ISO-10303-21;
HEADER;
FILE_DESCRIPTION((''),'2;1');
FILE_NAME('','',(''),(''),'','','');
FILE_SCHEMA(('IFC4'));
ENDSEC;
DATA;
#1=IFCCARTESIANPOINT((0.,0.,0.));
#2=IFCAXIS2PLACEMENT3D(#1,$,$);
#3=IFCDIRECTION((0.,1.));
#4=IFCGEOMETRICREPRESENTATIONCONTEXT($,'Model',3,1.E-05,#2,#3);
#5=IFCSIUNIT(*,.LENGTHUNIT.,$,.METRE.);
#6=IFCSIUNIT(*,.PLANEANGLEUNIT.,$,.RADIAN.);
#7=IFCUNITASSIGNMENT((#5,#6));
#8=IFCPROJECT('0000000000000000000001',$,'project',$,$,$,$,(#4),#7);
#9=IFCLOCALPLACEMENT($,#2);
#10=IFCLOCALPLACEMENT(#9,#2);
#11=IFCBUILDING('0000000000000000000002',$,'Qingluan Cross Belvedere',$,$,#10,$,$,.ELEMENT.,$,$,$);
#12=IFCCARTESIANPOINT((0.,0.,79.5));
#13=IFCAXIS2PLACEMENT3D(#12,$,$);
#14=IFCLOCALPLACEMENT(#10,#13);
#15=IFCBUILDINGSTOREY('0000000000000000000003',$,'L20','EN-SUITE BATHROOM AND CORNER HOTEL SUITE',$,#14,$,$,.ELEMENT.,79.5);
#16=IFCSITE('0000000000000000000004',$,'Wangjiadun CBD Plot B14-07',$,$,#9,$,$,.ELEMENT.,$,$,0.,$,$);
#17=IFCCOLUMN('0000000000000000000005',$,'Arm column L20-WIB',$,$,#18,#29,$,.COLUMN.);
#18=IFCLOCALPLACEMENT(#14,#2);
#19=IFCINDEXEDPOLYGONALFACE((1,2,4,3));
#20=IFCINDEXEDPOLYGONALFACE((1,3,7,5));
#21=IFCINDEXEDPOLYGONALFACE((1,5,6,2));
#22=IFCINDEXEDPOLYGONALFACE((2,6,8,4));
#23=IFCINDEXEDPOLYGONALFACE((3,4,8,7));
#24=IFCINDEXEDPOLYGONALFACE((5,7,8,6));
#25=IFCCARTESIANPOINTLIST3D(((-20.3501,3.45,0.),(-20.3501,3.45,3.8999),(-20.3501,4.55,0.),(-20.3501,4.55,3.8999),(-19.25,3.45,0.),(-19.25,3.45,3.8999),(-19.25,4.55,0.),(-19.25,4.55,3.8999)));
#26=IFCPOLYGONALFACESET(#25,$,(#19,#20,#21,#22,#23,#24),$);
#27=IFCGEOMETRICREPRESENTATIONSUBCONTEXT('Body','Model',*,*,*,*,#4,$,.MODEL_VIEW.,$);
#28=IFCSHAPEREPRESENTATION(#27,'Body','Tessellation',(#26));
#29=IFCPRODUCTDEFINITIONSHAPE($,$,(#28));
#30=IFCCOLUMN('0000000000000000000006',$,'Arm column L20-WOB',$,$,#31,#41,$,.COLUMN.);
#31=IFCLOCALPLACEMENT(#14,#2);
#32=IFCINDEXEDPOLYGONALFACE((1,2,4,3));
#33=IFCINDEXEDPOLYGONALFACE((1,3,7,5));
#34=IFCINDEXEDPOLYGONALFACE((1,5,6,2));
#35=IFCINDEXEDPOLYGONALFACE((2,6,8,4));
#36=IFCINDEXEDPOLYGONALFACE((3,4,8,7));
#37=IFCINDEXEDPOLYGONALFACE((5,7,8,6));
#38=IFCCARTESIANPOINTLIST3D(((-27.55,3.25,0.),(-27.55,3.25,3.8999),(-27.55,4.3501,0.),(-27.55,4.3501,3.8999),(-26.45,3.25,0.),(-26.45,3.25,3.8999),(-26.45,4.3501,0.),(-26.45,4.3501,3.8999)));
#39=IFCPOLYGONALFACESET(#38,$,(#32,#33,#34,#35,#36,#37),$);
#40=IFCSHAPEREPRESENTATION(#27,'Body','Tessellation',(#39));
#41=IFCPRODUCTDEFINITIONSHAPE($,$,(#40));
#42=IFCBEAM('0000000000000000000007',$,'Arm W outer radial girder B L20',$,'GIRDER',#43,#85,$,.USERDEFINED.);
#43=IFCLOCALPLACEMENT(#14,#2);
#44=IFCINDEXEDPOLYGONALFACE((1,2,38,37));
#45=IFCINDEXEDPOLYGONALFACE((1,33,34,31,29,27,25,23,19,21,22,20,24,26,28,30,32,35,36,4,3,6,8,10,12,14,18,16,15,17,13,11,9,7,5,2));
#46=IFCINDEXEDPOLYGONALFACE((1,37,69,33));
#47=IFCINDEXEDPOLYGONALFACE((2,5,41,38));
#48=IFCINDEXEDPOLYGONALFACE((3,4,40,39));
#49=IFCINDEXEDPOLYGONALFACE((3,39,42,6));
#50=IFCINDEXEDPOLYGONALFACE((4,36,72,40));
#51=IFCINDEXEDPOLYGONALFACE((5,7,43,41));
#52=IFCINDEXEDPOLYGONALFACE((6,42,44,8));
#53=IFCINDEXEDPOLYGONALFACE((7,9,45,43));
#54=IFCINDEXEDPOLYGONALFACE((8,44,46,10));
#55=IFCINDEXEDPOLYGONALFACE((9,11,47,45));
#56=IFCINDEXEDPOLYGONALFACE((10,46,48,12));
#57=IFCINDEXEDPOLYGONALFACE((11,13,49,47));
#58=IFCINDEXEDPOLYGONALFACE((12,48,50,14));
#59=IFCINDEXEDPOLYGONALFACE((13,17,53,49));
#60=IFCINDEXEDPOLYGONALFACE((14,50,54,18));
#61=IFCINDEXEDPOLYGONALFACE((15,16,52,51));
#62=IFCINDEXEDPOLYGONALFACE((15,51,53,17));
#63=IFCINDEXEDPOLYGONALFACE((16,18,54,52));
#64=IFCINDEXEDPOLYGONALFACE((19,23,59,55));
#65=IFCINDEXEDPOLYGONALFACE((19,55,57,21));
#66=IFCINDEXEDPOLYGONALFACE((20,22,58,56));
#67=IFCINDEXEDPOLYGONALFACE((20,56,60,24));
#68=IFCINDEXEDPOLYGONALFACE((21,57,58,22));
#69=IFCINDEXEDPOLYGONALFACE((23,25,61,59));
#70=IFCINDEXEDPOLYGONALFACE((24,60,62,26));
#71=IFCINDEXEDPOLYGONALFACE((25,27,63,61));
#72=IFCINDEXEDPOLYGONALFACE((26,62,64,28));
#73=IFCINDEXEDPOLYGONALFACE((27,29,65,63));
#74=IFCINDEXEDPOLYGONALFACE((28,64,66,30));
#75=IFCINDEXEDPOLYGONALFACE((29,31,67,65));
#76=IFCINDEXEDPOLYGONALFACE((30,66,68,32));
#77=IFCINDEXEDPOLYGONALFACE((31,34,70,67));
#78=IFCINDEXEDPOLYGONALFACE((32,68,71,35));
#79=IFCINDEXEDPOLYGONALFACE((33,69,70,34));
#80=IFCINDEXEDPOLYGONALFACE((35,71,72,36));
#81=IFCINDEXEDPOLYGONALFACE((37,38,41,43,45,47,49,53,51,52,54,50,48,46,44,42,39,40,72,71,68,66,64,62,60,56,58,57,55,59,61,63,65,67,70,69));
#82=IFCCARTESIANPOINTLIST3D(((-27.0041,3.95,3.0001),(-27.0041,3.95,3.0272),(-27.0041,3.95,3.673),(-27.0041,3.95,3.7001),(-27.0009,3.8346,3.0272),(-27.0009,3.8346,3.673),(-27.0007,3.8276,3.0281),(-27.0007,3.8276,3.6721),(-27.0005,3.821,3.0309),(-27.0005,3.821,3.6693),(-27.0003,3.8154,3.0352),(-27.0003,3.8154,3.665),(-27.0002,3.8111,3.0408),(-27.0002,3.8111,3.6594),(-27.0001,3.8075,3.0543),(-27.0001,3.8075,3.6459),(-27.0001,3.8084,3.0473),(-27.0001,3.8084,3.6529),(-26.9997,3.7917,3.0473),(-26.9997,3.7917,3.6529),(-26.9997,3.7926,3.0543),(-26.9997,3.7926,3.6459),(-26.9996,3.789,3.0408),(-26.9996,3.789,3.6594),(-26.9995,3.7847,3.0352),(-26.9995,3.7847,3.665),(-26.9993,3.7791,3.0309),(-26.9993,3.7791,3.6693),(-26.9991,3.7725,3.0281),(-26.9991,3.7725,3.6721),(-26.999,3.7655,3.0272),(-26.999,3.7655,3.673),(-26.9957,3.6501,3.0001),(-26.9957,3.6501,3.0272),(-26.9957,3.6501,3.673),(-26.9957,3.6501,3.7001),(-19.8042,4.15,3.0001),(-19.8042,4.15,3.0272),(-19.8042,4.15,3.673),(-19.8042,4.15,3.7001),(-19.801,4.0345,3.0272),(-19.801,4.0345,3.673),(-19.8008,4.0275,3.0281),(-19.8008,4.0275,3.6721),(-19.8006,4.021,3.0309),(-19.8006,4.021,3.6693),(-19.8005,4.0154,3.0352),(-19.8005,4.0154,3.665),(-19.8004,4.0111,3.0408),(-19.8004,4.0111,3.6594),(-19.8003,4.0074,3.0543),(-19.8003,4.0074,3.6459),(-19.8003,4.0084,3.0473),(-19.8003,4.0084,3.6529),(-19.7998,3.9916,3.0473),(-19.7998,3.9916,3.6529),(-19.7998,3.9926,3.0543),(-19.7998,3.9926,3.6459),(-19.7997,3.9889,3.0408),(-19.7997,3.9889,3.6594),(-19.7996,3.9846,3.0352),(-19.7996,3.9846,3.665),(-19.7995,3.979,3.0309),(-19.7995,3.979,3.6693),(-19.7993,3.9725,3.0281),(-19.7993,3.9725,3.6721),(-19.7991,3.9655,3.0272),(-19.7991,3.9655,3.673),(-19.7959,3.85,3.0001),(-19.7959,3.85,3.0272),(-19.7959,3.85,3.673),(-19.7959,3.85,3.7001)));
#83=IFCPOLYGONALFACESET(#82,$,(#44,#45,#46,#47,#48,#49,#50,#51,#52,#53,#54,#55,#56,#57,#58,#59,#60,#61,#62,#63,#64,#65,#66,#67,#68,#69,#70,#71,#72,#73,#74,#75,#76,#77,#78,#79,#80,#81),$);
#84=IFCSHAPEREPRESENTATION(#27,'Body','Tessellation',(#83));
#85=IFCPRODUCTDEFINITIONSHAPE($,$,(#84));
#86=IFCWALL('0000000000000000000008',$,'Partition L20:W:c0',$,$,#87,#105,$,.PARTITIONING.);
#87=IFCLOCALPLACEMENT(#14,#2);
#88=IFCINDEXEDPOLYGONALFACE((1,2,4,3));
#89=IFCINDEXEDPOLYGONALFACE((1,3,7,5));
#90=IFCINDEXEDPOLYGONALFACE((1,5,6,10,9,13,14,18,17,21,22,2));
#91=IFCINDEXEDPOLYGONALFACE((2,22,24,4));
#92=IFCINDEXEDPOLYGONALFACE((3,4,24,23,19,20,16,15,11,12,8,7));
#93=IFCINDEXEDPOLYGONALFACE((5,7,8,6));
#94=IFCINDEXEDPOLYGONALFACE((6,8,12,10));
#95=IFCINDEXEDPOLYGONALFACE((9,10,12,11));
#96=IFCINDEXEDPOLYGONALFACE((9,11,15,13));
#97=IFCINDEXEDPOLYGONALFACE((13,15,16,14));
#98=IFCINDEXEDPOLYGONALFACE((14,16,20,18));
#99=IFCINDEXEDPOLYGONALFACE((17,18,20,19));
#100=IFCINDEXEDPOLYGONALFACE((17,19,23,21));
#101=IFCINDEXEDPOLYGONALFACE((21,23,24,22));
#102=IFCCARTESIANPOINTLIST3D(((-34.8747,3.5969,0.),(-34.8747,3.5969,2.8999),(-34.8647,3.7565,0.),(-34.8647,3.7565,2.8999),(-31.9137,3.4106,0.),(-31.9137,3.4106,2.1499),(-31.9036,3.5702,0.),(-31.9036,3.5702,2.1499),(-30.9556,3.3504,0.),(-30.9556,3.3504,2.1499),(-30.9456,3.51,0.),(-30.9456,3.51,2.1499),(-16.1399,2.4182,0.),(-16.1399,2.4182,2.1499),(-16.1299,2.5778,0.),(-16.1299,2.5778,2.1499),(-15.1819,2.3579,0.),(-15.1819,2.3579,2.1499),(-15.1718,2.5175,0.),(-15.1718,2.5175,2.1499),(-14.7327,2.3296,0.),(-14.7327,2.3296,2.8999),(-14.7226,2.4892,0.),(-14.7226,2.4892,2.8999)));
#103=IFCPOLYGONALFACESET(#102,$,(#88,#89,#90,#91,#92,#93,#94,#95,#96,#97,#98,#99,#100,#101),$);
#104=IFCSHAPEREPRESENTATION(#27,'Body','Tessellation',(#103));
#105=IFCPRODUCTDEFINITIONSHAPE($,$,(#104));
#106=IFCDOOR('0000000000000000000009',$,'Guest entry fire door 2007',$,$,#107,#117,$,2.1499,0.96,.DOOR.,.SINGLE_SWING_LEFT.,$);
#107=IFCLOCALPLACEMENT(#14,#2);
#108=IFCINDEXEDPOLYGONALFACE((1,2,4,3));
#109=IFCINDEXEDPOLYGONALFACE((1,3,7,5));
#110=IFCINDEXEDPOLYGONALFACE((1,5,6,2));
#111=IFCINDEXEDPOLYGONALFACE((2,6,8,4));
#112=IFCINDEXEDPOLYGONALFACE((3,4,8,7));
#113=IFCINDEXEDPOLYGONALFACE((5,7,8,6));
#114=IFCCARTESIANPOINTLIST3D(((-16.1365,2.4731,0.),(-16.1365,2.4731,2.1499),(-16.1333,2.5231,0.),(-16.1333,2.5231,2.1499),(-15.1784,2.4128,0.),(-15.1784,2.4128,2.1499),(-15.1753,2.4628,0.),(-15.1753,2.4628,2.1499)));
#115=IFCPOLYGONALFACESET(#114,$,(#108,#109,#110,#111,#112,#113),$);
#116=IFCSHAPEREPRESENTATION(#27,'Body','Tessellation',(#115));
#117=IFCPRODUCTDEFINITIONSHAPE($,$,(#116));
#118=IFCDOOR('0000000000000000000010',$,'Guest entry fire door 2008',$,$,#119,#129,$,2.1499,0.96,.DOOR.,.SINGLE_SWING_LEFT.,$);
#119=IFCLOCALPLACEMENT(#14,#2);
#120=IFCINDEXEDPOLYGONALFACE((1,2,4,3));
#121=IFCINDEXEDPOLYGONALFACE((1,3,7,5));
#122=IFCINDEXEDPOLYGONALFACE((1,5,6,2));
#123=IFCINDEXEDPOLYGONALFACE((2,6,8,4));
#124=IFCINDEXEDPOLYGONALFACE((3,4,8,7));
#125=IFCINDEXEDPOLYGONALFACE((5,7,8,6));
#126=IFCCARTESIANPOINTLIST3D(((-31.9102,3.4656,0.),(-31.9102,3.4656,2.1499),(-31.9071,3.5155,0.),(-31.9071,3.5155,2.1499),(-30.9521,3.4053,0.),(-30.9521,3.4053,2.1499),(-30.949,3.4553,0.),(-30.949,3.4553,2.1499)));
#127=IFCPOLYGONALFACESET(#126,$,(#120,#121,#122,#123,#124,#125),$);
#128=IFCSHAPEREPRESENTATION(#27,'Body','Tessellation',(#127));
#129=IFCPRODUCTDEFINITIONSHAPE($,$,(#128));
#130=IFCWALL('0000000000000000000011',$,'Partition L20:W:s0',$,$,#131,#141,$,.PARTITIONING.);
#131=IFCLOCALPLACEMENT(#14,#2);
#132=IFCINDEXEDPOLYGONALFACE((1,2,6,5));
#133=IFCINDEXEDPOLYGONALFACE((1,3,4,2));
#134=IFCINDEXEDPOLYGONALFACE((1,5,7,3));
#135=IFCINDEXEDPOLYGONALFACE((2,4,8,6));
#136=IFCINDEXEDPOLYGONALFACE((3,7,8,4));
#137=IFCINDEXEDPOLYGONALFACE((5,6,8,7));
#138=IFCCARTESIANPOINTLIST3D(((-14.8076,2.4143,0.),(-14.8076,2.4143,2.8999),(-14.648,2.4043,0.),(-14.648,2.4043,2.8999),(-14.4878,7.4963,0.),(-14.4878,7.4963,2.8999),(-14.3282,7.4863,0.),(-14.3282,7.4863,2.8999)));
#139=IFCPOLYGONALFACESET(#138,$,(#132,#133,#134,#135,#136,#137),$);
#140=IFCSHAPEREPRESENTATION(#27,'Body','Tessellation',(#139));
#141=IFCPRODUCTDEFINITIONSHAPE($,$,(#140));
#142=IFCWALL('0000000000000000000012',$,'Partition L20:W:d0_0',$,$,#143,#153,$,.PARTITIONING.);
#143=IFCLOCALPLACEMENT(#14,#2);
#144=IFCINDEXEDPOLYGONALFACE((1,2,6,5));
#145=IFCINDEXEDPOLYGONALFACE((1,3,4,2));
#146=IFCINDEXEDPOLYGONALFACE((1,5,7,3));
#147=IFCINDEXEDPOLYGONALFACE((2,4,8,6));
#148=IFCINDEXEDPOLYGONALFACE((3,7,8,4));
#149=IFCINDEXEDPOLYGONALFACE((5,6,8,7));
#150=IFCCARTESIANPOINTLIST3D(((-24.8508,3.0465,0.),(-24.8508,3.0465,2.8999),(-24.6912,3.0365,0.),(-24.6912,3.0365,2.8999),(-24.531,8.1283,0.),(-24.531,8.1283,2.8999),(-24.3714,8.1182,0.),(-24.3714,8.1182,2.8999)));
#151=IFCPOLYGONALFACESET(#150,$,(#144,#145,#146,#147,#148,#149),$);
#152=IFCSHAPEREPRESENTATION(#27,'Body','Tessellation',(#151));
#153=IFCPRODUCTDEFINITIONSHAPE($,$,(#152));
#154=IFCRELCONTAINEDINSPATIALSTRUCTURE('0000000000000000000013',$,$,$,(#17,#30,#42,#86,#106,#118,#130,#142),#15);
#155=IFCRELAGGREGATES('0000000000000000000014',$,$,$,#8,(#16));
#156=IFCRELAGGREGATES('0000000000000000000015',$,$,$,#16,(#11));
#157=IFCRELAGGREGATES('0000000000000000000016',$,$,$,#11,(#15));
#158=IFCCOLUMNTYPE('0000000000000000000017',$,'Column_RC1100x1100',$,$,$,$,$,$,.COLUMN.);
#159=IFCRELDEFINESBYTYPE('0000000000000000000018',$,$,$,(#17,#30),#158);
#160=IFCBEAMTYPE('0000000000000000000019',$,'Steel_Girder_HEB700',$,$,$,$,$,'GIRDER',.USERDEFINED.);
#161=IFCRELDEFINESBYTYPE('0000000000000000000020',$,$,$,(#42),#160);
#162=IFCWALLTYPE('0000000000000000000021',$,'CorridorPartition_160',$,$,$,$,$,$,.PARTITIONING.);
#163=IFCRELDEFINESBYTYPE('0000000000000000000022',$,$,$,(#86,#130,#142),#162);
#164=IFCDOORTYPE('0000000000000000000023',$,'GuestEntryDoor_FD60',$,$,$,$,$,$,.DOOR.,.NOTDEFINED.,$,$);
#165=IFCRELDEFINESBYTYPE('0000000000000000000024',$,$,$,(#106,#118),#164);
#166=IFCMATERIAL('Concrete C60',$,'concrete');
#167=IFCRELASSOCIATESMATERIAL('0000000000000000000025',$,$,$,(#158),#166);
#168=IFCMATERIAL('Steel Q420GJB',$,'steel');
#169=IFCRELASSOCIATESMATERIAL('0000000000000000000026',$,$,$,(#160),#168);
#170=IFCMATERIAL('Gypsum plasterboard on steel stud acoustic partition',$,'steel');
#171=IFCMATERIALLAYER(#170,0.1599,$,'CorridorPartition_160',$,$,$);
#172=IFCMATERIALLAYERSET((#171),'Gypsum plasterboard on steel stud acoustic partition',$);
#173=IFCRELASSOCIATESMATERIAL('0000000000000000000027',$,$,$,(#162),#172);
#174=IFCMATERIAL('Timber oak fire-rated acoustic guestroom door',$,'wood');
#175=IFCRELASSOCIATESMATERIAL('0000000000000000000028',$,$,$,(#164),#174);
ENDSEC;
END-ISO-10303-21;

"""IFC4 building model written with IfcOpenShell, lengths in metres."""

from ifc_helpers import new_model, si_unit, direction, frame, frame_2d, origin, origin_2d, place, context, subcontext, project, spatial, rectangle, i_section, extrude, material, layer, layer_set, material_profile, profile_set, type_object, element, fill, save


model = new_model("IFC4")

# Units and contexts
model_context = context("Model", 3, precision=1e-05, world=origin(), true_north=direction((0.0, 1.0)))
body_context = subcontext(model_context, "Body", "Model", "MODEL_VIEW")
ifc_project = project(units=[si_unit("LENGTHUNIT", "METRE"), si_unit("PLANEANGLEUNIT", "RADIAN")], contexts=[model_context])

# Site, building, storey
site_placement = place(None, origin())
site = spatial("IfcSite", under=ifc_project, at=site_placement, Name="Wangjiadun CBD Plot B14-07", CompositionType="ELEMENT", RefElevation=0.0)
building_placement = place(site_placement, origin())
building = spatial("IfcBuilding", under=site, at=building_placement, Name="Qingluan Cross Belvedere", CompositionType="ELEMENT")
storey_placement = place(building_placement, frame((0.0, 0.0, 79.5)))
storey = spatial("IfcBuildingStorey", under=building, at=storey_placement, Name="L20", Description="EN-SUITE BATHROOM AND CORNER HOTEL SUITE", CompositionType="ELEMENT", Elevation=79.5)

# Columns
ifc_material_1 = material(Name="Concrete C60", Category="concrete")
ifc_material_profile_1 = material_profile(ifc_material_1, rectangle(XDim=1.1001, YDim=1.1001, at=origin_2d()), Name="RC1100x1100")
ifc_profile_set_1 = profile_set([ifc_material_profile_1], Name="Concrete C60")
column_type = type_object("IfcColumnType", Name="Column_RC1100x1100", PredefinedType="COLUMN", material=ifc_profile_set_1)
for number, where, z_axis, x_axis, name in (
    (1, (-19.8, 4.0, 0.0), (0.0, 0.0, 1.0), (1.0, 0.0, 0.0), "Arm column L20-WIB"),
    (2, (-27.0, 3.8, 0.0), (0.0, 0.0, 1.0), (1.0, 0.0, 0.0), "Arm column L20-WOB"),
):
    element("IfcColumn", number, at=place(storey_placement, frame(where, z_axis=z_axis, x_axis=x_axis)), inside=storey, type_object=column_type, Name=name, PredefinedType="COLUMN", context=body_context, shape_type="SweptSolid", body=[
        extrude(rectangle(XDim=1.1001, YDim=1.1001, at=origin_2d()), origin(), (0.0, 0.0, 1.0), 3.8999),
    ])

# Beam
ifc_material_2 = material(Name="Steel Q420GJB", Category="steel")
ifc_material_profile_2 = material_profile(ifc_material_2, i_section(OverallWidth=0.3, OverallDepth=0.7, WebThickness=0.0149, FlangeThickness=0.0271, FilletRadius=0.0271, at=origin_2d()), Name="HEB700")
ifc_profile_set_2 = profile_set([ifc_material_profile_2], Name="Steel Q420GJB")
beam_type = type_object("IfcBeamType", Name="Steel_Girder_HEB700", ElementType="GIRDER", PredefinedType="USERDEFINED", material=ifc_profile_set_2)
beam_placement = place(storey_placement, frame((-19.8, 4.0, 3.3501), z_axis=(-0.999615, -0.02776, 0.0), x_axis=(0.02776, -0.999615, 0.0)))
element("IfcBeam", 3, at=beam_placement, inside=storey, type_object=beam_type, Name="Arm W outer radial girder B L20", ObjectType="GIRDER", PredefinedType="USERDEFINED", context=body_context, shape_type="SweptSolid", body=[
    extrude(i_section(OverallWidth=0.3, OverallDepth=0.7, WebThickness=0.0149, FlangeThickness=0.0271, FilletRadius=0.0271, at=origin_2d()), origin(), (0.0, 0.0, 1.0), 7.2026),
])

# Wall, openings, doors
ifc_material_3 = material(Name="Gypsum plasterboard on steel stud acoustic partition", Category="steel")
ifc_layer_1 = layer(ifc_material_3, 0.1599, Name="CorridorPartition_160")
ifc_layer_set_1 = layer_set([ifc_layer_1], Name="Gypsum plasterboard on steel stud acoustic partition")
wall_type_1 = type_object("IfcWallType", Name="CorridorPartition_160", PredefinedType="PARTITIONING", material=ifc_layer_set_1)
wall_1_placement = place(storey_placement, frame((-14.7278, 2.4094, 0.0), z_axis=(0.0, 0.0, 1.0), x_axis=(-0.998026, 0.062796, 0.0)))
wall_1 = element("IfcWall", 4, at=wall_1_placement, inside=storey, type_object=wall_type_1, Name="Partition L20:W:c0", PredefinedType="PARTITIONING", context=body_context, shape_type="SweptSolid", body=[
    extrude(rectangle(XDim=20.1819, YDim=0.1599, at=frame_2d((10.0908, 0.0))), origin(), (0.0, 0.0, 1.0), 2.8999),
])
opening_1_placement = place(wall_1_placement, frame((0.45, 0.0, 0.0)))
opening_1 = element("IfcOpeningElement", 5, at=opening_1_placement, cuts=wall_1, PredefinedType="OPENING", context=body_context, shape_type="SweptSolid", body=[
    extrude(rectangle(XDim=0.96, YDim=2.1499, at=frame_2d((0.48, 1.075))), frame((0.0, 0.0898, 0.0), z_axis=(0.0, -1.0, 0.0), x_axis=(1.0, 0.0, 0.0)), (0.0, 0.0, 1.0), 0.1799),
])
opening_2_placement = place(wall_1_placement, frame((16.2549, 0.0, 0.0)))
opening_2 = element("IfcOpeningElement", 6, at=opening_2_placement, cuts=wall_1, PredefinedType="OPENING", context=body_context, shape_type="SweptSolid", body=[
    extrude(rectangle(XDim=0.96, YDim=2.1499, at=frame_2d((0.48, 1.075))), frame((0.0, 0.0898, 0.0), z_axis=(0.0, -1.0, 0.0), x_axis=(1.0, 0.0, 0.0)), (0.0, 0.0, 1.0), 0.1799),
])
ifc_material_4 = material(Name="Timber oak fire-rated acoustic guestroom door", Category="wood")
door_type_1 = type_object("IfcDoorType", Name="GuestEntryDoor_FD60", OperationType="NOTDEFINED", PredefinedType="DOOR", material=ifc_material_4)
door_1_placement = place(opening_1_placement, origin())
door_1 = element("IfcDoor", 7, at=door_1_placement, inside=storey, type_object=door_type_1, Name="Guest entry fire door 2007", OperationType="SINGLE_SWING_LEFT", OverallHeight=2.1499, OverallWidth=0.96, PredefinedType="DOOR", context=body_context, shape_type="SweptSolid", body=[
    extrude(rectangle(XDim=0.96, YDim=2.1499, at=frame_2d((0.48, 1.075))), frame((0.0, 0.0249, 0.0), z_axis=(0.0, -1.0, 0.0), x_axis=(1.0, 0.0, 0.0)), (0.0, 0.0, 1.0), 0.05),
])
fill(opening_1, door_1)
door_2_placement = place(opening_2_placement, origin())
door_2 = element("IfcDoor", 8, at=door_2_placement, inside=storey, type_object=door_type_1, Name="Guest entry fire door 2008", OperationType="SINGLE_SWING_LEFT", OverallHeight=2.1499, OverallWidth=0.96, PredefinedType="DOOR", context=body_context, shape_type="SweptSolid", body=[
    extrude(rectangle(XDim=0.96, YDim=2.1499, at=frame_2d((0.48, 1.075))), frame((0.0, 0.0249, 0.0), z_axis=(0.0, -1.0, 0.0), x_axis=(1.0, 0.0, 0.0)), (0.0, 0.0, 1.0), 0.05),
])
fill(opening_2, door_2)

# Walls
wall_2_placement = place(storey_placement, frame((-14.7278, 2.4094, 0.0), z_axis=(0.0, 0.0, 1.0), x_axis=(0.062808, 0.998026, 0.0)))
element("IfcWall", 9, at=wall_2_placement, inside=storey, type_object=wall_type_1, Name="Partition L20:W:s0", PredefinedType="PARTITIONING", context=body_context, shape_type="SweptSolid", body=[
    extrude(rectangle(XDim=5.092, YDim=0.1599, at=frame_2d((2.5459, 0.0))), origin(), (0.0, 0.0, 1.0), 2.8999),
])
wall_3_placement = place(storey_placement, frame((-24.771, 3.0415, 0.0), z_axis=(0.0, 0.0, 1.0), x_axis=(0.062811, 0.998025, 0.0)))
element("IfcWall", 10, at=wall_3_placement, inside=storey, type_object=wall_type_1, Name="Partition L20:W:d0_0", PredefinedType="PARTITIONING", context=body_context, shape_type="SweptSolid", body=[
    extrude(rectangle(XDim=5.0918, YDim=0.1599, at=frame_2d((2.5459, 0.0))), origin(), (0.0, 0.0, 1.0), 2.8999),
])

save(model, "model.ifc")
